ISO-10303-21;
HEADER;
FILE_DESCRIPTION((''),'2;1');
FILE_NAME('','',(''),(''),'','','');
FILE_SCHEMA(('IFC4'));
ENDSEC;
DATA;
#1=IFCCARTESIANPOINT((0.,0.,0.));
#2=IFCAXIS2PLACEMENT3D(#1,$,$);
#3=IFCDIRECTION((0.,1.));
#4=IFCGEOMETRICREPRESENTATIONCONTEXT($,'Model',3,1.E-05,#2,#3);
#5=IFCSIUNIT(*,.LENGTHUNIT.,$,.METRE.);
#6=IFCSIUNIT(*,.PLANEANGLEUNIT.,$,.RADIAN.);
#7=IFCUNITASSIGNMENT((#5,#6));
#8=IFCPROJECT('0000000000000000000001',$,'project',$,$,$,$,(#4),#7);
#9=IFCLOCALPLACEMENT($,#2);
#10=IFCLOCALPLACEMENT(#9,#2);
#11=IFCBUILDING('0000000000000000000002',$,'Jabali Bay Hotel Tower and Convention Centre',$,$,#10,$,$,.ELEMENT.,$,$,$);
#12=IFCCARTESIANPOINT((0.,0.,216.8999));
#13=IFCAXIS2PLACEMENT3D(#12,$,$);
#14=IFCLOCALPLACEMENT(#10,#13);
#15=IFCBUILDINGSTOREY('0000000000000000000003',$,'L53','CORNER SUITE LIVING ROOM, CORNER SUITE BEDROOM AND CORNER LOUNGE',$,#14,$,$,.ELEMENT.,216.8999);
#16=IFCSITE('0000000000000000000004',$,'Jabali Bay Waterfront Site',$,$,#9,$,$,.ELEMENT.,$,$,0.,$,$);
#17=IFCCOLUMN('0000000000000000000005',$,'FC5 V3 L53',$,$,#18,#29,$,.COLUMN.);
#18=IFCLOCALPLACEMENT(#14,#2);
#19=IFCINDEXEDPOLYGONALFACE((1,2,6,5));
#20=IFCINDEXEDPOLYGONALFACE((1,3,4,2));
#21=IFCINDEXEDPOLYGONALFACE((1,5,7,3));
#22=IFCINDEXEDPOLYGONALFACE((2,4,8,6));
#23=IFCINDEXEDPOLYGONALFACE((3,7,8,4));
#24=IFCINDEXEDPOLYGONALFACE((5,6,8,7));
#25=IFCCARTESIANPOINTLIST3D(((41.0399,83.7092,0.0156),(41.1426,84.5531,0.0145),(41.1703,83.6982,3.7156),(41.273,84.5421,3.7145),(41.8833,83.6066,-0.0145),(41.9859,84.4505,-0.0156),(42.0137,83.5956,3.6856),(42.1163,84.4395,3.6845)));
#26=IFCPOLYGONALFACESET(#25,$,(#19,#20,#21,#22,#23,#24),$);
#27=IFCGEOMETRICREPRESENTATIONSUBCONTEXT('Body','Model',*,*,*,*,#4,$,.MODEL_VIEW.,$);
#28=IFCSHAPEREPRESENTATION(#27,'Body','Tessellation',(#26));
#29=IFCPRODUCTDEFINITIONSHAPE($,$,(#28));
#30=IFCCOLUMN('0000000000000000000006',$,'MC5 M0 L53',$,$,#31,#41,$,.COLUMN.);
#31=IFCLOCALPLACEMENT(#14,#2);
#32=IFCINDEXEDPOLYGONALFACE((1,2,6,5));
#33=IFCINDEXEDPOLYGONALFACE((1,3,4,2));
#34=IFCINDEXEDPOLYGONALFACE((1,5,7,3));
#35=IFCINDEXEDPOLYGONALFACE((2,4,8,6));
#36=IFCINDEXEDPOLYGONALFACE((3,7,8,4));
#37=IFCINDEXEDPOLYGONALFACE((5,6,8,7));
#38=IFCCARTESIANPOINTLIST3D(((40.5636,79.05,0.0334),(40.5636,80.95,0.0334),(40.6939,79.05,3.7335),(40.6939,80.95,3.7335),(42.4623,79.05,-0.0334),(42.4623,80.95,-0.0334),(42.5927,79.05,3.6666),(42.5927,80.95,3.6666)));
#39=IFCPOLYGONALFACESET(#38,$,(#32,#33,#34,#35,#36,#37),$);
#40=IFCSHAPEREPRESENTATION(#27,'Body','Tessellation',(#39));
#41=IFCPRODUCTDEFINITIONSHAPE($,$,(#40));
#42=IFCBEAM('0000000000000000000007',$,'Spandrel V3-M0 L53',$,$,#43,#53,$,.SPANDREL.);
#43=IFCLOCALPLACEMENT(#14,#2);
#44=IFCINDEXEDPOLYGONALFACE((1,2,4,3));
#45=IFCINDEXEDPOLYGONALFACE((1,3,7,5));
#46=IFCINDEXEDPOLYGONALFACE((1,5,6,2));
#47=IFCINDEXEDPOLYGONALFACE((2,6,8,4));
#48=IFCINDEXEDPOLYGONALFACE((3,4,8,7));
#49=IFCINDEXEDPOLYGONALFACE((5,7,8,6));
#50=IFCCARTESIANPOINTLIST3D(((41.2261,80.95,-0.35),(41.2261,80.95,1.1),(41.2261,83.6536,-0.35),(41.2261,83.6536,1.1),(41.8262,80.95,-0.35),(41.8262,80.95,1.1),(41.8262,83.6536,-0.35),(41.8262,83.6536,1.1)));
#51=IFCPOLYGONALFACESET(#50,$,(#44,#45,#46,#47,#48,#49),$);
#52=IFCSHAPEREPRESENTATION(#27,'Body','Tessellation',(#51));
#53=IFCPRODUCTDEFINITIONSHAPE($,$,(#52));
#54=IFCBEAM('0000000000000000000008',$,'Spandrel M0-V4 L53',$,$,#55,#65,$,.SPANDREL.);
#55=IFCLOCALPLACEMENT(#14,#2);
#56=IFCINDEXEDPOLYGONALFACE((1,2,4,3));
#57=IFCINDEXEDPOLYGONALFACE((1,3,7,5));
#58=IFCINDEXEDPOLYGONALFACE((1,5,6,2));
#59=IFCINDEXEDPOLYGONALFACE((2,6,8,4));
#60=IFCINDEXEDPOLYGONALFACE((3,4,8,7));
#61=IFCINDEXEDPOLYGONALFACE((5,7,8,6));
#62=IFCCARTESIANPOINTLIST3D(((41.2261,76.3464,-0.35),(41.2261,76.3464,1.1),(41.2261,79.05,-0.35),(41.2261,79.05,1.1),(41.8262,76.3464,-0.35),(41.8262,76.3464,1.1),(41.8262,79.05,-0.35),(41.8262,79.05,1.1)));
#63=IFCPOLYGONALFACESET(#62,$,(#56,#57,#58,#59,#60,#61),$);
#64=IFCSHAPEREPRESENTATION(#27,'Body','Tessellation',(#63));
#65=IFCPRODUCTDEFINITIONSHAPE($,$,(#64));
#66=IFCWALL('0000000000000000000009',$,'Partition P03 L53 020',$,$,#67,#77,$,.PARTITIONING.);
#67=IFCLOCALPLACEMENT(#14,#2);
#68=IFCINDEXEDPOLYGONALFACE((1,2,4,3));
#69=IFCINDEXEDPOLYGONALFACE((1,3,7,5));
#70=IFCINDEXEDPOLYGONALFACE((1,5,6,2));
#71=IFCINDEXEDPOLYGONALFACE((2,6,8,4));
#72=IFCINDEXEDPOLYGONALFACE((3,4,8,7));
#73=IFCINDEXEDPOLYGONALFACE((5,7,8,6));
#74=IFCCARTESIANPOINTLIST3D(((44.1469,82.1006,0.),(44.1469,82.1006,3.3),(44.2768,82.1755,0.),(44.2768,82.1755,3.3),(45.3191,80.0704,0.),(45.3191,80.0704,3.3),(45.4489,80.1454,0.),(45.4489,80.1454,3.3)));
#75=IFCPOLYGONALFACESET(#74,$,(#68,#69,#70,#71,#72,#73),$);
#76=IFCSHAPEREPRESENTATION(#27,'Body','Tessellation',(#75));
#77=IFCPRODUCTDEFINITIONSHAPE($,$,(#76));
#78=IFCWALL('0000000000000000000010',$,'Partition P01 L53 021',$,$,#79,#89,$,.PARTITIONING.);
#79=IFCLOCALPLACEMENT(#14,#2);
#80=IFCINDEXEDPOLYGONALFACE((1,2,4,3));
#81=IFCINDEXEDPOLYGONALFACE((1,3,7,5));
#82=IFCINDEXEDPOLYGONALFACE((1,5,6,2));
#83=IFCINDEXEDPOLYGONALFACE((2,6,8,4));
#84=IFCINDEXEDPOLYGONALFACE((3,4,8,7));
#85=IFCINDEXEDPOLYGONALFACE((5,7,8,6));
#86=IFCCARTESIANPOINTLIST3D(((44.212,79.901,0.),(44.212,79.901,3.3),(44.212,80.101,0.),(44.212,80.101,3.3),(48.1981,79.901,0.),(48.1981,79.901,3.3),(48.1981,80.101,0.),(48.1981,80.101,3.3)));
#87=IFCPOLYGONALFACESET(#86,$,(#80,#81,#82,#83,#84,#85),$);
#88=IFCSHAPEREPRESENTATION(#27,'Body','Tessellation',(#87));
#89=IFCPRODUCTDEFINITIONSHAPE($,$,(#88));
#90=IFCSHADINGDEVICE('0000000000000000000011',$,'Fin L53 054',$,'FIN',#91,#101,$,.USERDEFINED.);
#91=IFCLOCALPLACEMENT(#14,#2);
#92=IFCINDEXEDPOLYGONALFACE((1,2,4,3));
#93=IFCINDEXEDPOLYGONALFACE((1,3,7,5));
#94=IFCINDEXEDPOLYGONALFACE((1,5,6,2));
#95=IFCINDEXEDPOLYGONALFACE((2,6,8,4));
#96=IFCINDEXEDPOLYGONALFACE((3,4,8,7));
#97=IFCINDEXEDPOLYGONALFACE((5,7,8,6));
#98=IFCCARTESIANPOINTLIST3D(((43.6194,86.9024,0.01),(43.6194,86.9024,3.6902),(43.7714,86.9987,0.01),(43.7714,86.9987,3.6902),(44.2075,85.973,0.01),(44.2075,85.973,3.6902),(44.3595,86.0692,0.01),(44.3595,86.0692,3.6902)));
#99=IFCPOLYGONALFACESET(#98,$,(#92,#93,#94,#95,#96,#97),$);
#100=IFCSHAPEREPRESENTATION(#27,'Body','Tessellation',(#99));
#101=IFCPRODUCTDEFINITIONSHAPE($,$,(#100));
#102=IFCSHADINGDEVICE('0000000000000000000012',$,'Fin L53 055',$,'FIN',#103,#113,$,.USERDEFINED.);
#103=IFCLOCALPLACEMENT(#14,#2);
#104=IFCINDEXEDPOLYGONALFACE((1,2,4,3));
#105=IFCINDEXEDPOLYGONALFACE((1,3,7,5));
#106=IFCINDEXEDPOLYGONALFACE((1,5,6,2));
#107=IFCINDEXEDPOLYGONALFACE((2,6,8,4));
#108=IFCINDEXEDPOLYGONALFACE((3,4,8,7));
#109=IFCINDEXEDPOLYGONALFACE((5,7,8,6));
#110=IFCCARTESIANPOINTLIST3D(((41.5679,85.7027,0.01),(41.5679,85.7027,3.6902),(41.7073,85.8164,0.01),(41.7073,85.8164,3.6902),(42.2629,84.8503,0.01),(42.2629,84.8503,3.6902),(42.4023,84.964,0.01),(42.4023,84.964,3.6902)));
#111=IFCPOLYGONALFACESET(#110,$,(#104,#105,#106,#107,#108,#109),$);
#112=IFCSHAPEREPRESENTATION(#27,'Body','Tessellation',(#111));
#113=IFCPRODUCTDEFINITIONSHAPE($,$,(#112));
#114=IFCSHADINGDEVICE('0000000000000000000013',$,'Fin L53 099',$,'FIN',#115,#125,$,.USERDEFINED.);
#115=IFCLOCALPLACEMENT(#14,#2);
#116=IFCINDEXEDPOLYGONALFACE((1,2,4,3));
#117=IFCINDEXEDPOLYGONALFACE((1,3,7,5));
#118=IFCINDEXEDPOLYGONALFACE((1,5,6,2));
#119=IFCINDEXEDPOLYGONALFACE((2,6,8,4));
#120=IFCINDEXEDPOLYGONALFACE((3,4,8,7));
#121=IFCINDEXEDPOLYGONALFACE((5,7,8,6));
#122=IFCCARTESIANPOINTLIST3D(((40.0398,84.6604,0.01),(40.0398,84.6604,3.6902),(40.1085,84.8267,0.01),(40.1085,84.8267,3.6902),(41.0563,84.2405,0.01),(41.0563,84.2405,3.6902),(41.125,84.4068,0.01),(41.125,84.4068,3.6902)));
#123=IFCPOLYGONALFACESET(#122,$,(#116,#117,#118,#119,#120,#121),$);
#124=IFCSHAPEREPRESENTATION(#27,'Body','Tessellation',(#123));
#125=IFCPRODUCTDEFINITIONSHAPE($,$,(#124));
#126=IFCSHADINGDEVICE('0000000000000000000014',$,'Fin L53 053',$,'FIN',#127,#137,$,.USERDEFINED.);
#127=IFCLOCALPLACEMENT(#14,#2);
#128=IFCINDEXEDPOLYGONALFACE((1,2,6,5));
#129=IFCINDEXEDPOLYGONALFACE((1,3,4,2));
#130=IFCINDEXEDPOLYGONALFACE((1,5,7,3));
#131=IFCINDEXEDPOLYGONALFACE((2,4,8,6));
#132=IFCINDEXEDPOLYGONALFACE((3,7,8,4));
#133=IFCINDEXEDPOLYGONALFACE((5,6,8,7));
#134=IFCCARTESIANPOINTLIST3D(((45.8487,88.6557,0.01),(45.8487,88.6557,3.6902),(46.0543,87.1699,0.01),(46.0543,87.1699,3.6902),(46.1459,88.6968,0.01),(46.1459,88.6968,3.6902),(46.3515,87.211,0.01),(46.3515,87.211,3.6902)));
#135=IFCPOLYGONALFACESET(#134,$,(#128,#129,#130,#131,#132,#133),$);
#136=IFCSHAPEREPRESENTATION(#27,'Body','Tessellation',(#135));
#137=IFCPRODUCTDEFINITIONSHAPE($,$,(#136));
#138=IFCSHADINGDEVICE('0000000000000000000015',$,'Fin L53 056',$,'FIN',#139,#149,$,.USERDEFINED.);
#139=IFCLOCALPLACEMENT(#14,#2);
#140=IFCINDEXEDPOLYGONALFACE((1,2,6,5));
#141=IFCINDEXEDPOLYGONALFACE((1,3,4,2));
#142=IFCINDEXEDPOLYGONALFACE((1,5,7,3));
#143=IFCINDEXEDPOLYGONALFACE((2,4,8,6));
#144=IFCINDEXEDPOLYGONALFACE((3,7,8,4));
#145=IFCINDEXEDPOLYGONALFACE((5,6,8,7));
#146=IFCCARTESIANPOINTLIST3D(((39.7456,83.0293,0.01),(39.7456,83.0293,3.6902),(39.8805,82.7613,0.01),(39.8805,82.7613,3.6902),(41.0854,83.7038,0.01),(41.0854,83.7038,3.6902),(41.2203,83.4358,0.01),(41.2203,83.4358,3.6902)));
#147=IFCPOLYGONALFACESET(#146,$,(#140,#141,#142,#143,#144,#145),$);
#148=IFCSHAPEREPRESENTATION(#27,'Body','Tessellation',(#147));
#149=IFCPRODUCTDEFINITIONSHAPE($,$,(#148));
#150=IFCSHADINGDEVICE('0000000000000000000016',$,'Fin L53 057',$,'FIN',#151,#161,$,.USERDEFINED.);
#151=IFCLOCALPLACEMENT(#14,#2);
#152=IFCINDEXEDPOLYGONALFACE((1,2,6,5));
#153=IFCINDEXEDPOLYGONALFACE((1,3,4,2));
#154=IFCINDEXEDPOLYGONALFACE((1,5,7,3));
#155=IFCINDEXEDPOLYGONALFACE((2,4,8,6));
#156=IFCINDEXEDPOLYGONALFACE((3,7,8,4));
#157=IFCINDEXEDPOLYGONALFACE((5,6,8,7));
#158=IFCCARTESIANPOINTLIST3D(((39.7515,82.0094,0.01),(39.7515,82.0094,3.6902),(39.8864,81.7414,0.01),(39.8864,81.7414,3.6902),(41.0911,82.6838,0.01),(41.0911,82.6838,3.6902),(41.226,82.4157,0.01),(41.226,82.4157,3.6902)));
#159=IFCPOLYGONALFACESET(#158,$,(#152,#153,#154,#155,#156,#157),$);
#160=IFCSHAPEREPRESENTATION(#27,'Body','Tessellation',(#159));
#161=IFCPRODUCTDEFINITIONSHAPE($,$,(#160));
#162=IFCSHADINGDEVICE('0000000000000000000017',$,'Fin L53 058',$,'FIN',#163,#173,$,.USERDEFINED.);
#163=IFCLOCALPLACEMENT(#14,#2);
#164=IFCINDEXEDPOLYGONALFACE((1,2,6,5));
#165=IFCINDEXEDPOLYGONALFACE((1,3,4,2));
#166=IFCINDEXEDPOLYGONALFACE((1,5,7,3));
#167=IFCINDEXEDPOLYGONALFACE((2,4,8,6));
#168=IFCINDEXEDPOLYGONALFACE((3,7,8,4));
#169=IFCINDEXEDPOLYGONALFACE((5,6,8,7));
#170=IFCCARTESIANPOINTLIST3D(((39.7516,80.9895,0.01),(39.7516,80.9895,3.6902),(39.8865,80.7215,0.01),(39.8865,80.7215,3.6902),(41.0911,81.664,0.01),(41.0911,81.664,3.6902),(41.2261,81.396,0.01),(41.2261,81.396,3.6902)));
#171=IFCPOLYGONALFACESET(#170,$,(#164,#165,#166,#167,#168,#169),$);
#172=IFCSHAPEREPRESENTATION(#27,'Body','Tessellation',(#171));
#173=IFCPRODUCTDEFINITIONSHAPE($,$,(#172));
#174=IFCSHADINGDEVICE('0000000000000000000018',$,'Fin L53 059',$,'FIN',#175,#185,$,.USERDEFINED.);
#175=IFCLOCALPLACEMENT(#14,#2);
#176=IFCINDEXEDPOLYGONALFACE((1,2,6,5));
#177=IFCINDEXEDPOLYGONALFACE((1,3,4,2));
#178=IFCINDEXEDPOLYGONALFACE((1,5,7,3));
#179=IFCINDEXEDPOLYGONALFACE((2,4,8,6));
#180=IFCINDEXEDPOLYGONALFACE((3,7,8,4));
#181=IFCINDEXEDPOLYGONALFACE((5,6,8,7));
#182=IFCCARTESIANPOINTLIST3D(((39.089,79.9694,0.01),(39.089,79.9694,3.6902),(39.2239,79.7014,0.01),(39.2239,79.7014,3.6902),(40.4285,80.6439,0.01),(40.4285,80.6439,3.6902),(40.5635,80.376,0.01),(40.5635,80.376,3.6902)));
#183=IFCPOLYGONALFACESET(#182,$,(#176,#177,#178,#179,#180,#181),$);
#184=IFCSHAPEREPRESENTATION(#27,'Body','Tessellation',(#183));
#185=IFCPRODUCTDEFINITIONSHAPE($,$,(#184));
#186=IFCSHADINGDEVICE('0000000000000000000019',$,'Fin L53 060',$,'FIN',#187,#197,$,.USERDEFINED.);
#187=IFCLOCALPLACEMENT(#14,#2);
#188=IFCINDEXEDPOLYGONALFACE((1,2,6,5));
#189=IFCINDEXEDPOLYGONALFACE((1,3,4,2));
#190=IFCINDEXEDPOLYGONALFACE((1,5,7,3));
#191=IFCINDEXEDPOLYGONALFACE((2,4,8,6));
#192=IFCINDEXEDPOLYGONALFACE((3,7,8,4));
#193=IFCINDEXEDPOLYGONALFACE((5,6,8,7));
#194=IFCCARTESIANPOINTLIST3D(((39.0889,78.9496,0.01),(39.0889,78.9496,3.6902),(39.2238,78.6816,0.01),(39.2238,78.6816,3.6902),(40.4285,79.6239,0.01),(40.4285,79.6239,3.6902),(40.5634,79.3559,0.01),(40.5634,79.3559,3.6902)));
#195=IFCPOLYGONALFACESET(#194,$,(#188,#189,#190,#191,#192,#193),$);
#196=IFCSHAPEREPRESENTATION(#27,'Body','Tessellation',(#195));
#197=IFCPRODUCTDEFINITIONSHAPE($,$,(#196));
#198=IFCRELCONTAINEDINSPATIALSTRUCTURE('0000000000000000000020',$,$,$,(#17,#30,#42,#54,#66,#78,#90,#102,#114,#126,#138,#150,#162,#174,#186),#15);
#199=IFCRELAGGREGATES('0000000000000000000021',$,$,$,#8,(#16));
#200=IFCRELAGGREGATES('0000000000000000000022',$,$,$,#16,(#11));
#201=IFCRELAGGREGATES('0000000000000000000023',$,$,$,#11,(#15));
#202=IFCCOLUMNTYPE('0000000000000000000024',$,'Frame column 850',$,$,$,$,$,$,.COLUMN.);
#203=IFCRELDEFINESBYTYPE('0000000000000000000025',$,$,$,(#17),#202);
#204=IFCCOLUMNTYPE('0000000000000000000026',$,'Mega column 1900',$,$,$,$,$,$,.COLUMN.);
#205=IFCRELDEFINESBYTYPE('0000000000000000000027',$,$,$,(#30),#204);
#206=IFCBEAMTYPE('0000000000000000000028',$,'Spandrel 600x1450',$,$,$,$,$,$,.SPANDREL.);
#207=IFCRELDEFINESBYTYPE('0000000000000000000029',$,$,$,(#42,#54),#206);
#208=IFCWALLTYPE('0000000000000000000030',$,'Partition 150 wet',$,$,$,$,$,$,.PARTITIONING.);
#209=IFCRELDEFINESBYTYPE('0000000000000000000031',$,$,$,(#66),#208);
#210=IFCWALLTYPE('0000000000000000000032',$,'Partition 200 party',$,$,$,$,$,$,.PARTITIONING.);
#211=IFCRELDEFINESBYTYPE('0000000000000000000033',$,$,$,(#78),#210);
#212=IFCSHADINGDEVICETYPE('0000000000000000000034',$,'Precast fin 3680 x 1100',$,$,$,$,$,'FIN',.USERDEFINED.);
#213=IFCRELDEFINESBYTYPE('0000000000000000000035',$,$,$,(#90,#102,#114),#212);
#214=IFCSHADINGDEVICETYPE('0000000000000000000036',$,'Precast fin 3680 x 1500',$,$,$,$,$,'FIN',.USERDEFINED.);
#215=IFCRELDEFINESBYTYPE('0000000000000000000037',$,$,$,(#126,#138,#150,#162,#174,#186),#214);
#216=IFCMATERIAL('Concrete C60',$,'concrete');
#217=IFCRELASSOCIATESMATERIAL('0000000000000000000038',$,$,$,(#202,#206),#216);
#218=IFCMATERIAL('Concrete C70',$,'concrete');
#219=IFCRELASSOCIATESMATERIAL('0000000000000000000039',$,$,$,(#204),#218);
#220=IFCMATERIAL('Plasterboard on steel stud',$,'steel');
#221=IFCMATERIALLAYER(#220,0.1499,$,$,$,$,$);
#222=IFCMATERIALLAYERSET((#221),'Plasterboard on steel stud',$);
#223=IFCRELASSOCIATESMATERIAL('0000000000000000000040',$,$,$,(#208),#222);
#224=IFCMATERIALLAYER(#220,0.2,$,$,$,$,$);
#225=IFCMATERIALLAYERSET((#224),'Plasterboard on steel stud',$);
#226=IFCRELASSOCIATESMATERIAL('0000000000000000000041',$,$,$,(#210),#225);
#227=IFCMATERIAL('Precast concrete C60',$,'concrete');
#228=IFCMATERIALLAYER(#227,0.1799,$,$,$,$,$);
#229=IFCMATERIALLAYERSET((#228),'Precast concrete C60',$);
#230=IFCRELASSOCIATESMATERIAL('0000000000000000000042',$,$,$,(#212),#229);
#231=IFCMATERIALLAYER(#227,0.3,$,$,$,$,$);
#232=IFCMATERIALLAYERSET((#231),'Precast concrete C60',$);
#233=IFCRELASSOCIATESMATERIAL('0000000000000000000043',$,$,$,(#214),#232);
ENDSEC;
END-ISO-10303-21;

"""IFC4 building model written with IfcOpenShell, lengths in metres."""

from ifc_helpers import new_model, si_unit, direction, frame, frame_2d, origin, origin_2d, place, context, subcontext, project, spatial, rectangle, extrude, material, layer, layer_set, material_profile, profile_set, type_object, element, save


model = new_model("IFC4")

# Units and contexts
model_context = context("Model", 3, precision=1e-05, world=origin(), true_north=direction((0.0, 1.0)))
body_context = subcontext(model_context, "Body", "Model", "MODEL_VIEW")
ifc_project = project(units=[si_unit("LENGTHUNIT", "METRE"), si_unit("PLANEANGLEUNIT", "RADIAN")], contexts=[model_context])

# Site, building, storey
site_placement = place(None, origin())
site = spatial("IfcSite", under=ifc_project, at=site_placement, Name="Jabali Bay Waterfront Site", CompositionType="ELEMENT", RefElevation=0.0)
building_placement = place(site_placement, origin())
building = spatial("IfcBuilding", under=site, at=building_placement, Name="Jabali Bay Hotel Tower and Convention Centre", CompositionType="ELEMENT")
storey_placement = place(building_placement, frame((0.0, 0.0, 216.8999)))
storey = spatial("IfcBuildingStorey", under=building, at=storey_placement, Name="L53", Description="CORNER SUITE LIVING ROOM, CORNER SUITE BEDROOM AND CORNER LOUNGE", CompositionType="ELEMENT", Elevation=216.8999)

# Columns
ifc_material_1 = material(Name="Concrete C60", Category="concrete")
ifc_material_profile_1 = material_profile(ifc_material_1, rectangle(XDim=0.8501, YDim=0.8501, at=origin_2d()), Name="Frame column 850")
ifc_profile_set_1 = profile_set([ifc_material_profile_1], Name="Concrete C60")
column_type_1 = type_object("IfcColumnType", Name="Frame column 850", PredefinedType="COLUMN", material=ifc_profile_set_1)
column_1_placement = place(storey_placement, frame((41.5129, 84.0798, 0.0), z_axis=(0.035212, -0.002967, 0.999375), x_axis=(-0.992057, 0.12073, 0.035312)))
element("IfcColumn", 1, at=column_1_placement, inside=storey, type_object=column_type_1, Name="FC5 V3 L53", PredefinedType="COLUMN", context=body_context, shape_type="SweptSolid", body=[
    extrude(rectangle(XDim=0.8501, YDim=0.8501, at=origin_2d()), origin(), (0.0, 0.0, 1.0), 3.7024),
])
ifc_material_2 = material(Name="Concrete C70", Category="concrete")
ifc_material_profile_2 = material_profile(ifc_material_2, rectangle(XDim=1.8999, YDim=1.8999, at=origin_2d()), Name="Mega column 1900")
ifc_profile_set_2 = profile_set([ifc_material_profile_2], Name="Concrete C70")
column_type_2 = type_object("IfcColumnType", Name="Mega column 1900", PredefinedType="COLUMN", material=ifc_profile_set_2)
column_2_placement = place(storey_placement, frame((41.5129, 80.0, 0.0), z_axis=(0.035212, 0.0, 0.99938), x_axis=(0.0, 1.0, 0.0)))
element("IfcColumn", 2, at=column_2_placement, inside=storey, type_object=column_type_2, Name="MC5 M0 L53", PredefinedType="COLUMN", context=body_context, shape_type="SweptSolid", body=[
    extrude(rectangle(XDim=1.8999, YDim=1.8999, at=origin_2d()), origin(), (0.0, 0.0, 1.0), 3.7024),
])

# Beams
ifc_material_profile_3 = material_profile(ifc_material_1, rectangle(XDim=0.6001, YDim=1.45, at=origin_2d()), Name="Spandrel 600x1450")
ifc_profile_set_3 = profile_set([ifc_material_profile_3], Name="Concrete C60")
beam_type = type_object("IfcBeamType", Name="Spandrel 600x1450", PredefinedType="SPANDREL", material=ifc_profile_set_3)
for number, where, z_axis, x_axis, name in (
    (3, (41.5261, 83.6536, 0.375), (0.0, -1.0, 0.0), (1.0, 0.0, 0.0), "Spandrel V3-M0 L53"),
    (4, (41.5261, 79.05, 0.375), (0.0, -1.0, 0.0), (1.0, 0.0, 0.0), "Spandrel M0-V4 L53"),
):
    element("IfcBeam", number, at=place(storey_placement, frame(where, z_axis=z_axis, x_axis=x_axis)), inside=storey, type_object=beam_type, Name=name, PredefinedType="SPANDREL", context=body_context, shape_type="SweptSolid", body=[
        extrude(rectangle(XDim=0.6001, YDim=1.45, at=origin_2d()), origin(), (0.0, 0.0, 1.0), 2.7036),
    ])

# Walls
ifc_material_3 = material(Name="Plasterboard on steel stud", Category="steel")
ifc_layer_1 = layer(ifc_material_3, 0.1499)
ifc_layer_set_1 = layer_set([ifc_layer_1], Name="Plasterboard on steel stud")
wall_type_1 = type_object("IfcWallType", Name="Partition 150 wet", PredefinedType="PARTITIONING", material=ifc_layer_set_1)
wall_1_placement = place(storey_placement, frame((45.384, 80.1079, 0.0), z_axis=(0.0, 0.0, 1.0), x_axis=(-0.500026, 0.86601, 0.0)))
element("IfcWall", 5, at=wall_1_placement, inside=storey, type_object=wall_type_1, Name="Partition P03 L53 020", PredefinedType="PARTITIONING", context=body_context, shape_type="SweptSolid", body=[
    extrude(rectangle(XDim=2.3442, YDim=0.1499, at=frame_2d((1.1721, 0.0))), origin(), (0.0, 0.0, 1.0), 3.3),
])
ifc_layer_2 = layer(ifc_material_3, 0.2)
ifc_layer_set_2 = layer_set([ifc_layer_2], Name="Plasterboard on steel stud")
wall_type_2 = type_object("IfcWallType", Name="Partition 200 party", PredefinedType="PARTITIONING", material=ifc_layer_set_2)
wall_2_placement = place(storey_placement, frame((44.2119, 80.001, 0.0), z_axis=(0.0, 0.0, 1.0), x_axis=(1.0, 0.0, 0.0)))
element("IfcWall", 6, at=wall_2_placement, inside=storey, type_object=wall_type_2, Name="Partition P01 L53 021", PredefinedType="PARTITIONING", context=body_context, shape_type="SweptSolid", body=[
    extrude(rectangle(XDim=3.9861, YDim=0.2, at=frame_2d((1.9932, 0.0))), origin(), (0.0, 0.0, 1.0), 3.3),
])

# Shading devices
ifc_material_4 = material(Name="Precast concrete C60", Category="concrete")
ifc_layer_3 = layer(ifc_material_4, 0.1799)
ifc_layer_set_3 = layer_set([ifc_layer_3], Name="Precast concrete C60")
shading_device_type_1 = type_object("IfcShadingDeviceType", Name="Precast fin 3680 x 1100", ElementType="FIN", PredefinedType="USERDEFINED", material=ifc_layer_set_3)
for number, where, z_axis, x_axis, name in (
    (7, (44.2834, 86.0212, 0.01), (0.0, 0.0, 1.0), (-0.534719, 0.84503, 0.0), "Fin L53 054"),
    (8, (42.3325, 84.9072, 0.01), (0.0, 0.0, 1.0), (-0.631895, 0.775054, 0.0), "Fin L53 055"),
    (9, (41.0906, 84.3237, 0.01), (0.0, 0.0, 1.0), (-0.924255, 0.381777, 0.0), "Fin L53 099"),
):
    element("IfcShadingDevice", number, at=place(storey_placement, frame(where, z_axis=z_axis, x_axis=x_axis)), inside=storey, type_object=shading_device_type_1, Name=name, ObjectType="FIN", PredefinedType="USERDEFINED", context=body_context, shape_type="SweptSolid", body=[
        extrude(rectangle(XDim=1.0999, YDim=0.1799, at=frame_2d((0.5498, 0.0))), origin(), (0.0, 0.0, 1.0), 3.6802),
    ])
ifc_layer_4 = layer(ifc_material_4, 0.3)
ifc_layer_set_4 = layer_set([ifc_layer_4], Name="Precast concrete C60")
shading_device_type_2 = type_object("IfcShadingDeviceType", Name="Precast fin 3680 x 1500", ElementType="FIN", PredefinedType="USERDEFINED", material=ifc_layer_set_4)
for number, where, z_axis, x_axis, name in (
    (10, (46.2029, 87.1904, 0.01), (0.0, 0.0, 1.0), (-0.137045, 0.990565, 0.0), "Fin L53 053"),
    (11, (41.1528, 83.5698, 0.01), (0.0, 0.0, 1.0), (-0.893187, -0.449686, 0.0), "Fin L53 056"),
):
    element("IfcShadingDevice", number, at=place(storey_placement, frame(where, z_axis=z_axis, x_axis=x_axis)), inside=storey, type_object=shading_device_type_2, Name=name, ObjectType="FIN", PredefinedType="USERDEFINED", context=body_context, shape_type="SweptSolid", body=[
        extrude(rectangle(XDim=1.5, YDim=0.3, at=frame_2d((0.75, 0.0))), origin(), (0.0, 0.0, 1.0), 3.6802),
    ])
for number, where, z_axis, x_axis, name in (
    (12, (41.1587, 82.5498, 0.01), (0.0, 0.0, 1.0), (-0.893219, -0.449621, 0.0), "Fin L53 057"),
    (13, (41.1587, 81.53, 0.01), (0.0, 0.0, 1.0), (-0.893154, -0.449751, 0.0), "Fin L53 058"),
    (14, (40.4961, 80.51, 0.01), (0.0, 0.0, 1.0), (-0.893154, -0.449751, 0.0), "Fin L53 059"),
    (15, (40.4961, 79.49, 0.01), (0.0, 0.0, 1.0), (-0.893219, -0.449621, 0.0), "Fin L53 060"),
):
    element("IfcShadingDevice", number, at=place(storey_placement, frame(where, z_axis=z_axis, x_axis=x_axis)), inside=storey, type_object=shading_device_type_2, Name=name, ObjectType="FIN", PredefinedType="USERDEFINED", context=body_context, shape_type="SweptSolid", body=[
        extrude(rectangle(XDim=1.4998, YDim=0.3, at=frame_2d((0.75, 0.0))), origin(), (0.0, 0.0, 1.0), 3.6802),
    ])

save(model, "model.ifc")
